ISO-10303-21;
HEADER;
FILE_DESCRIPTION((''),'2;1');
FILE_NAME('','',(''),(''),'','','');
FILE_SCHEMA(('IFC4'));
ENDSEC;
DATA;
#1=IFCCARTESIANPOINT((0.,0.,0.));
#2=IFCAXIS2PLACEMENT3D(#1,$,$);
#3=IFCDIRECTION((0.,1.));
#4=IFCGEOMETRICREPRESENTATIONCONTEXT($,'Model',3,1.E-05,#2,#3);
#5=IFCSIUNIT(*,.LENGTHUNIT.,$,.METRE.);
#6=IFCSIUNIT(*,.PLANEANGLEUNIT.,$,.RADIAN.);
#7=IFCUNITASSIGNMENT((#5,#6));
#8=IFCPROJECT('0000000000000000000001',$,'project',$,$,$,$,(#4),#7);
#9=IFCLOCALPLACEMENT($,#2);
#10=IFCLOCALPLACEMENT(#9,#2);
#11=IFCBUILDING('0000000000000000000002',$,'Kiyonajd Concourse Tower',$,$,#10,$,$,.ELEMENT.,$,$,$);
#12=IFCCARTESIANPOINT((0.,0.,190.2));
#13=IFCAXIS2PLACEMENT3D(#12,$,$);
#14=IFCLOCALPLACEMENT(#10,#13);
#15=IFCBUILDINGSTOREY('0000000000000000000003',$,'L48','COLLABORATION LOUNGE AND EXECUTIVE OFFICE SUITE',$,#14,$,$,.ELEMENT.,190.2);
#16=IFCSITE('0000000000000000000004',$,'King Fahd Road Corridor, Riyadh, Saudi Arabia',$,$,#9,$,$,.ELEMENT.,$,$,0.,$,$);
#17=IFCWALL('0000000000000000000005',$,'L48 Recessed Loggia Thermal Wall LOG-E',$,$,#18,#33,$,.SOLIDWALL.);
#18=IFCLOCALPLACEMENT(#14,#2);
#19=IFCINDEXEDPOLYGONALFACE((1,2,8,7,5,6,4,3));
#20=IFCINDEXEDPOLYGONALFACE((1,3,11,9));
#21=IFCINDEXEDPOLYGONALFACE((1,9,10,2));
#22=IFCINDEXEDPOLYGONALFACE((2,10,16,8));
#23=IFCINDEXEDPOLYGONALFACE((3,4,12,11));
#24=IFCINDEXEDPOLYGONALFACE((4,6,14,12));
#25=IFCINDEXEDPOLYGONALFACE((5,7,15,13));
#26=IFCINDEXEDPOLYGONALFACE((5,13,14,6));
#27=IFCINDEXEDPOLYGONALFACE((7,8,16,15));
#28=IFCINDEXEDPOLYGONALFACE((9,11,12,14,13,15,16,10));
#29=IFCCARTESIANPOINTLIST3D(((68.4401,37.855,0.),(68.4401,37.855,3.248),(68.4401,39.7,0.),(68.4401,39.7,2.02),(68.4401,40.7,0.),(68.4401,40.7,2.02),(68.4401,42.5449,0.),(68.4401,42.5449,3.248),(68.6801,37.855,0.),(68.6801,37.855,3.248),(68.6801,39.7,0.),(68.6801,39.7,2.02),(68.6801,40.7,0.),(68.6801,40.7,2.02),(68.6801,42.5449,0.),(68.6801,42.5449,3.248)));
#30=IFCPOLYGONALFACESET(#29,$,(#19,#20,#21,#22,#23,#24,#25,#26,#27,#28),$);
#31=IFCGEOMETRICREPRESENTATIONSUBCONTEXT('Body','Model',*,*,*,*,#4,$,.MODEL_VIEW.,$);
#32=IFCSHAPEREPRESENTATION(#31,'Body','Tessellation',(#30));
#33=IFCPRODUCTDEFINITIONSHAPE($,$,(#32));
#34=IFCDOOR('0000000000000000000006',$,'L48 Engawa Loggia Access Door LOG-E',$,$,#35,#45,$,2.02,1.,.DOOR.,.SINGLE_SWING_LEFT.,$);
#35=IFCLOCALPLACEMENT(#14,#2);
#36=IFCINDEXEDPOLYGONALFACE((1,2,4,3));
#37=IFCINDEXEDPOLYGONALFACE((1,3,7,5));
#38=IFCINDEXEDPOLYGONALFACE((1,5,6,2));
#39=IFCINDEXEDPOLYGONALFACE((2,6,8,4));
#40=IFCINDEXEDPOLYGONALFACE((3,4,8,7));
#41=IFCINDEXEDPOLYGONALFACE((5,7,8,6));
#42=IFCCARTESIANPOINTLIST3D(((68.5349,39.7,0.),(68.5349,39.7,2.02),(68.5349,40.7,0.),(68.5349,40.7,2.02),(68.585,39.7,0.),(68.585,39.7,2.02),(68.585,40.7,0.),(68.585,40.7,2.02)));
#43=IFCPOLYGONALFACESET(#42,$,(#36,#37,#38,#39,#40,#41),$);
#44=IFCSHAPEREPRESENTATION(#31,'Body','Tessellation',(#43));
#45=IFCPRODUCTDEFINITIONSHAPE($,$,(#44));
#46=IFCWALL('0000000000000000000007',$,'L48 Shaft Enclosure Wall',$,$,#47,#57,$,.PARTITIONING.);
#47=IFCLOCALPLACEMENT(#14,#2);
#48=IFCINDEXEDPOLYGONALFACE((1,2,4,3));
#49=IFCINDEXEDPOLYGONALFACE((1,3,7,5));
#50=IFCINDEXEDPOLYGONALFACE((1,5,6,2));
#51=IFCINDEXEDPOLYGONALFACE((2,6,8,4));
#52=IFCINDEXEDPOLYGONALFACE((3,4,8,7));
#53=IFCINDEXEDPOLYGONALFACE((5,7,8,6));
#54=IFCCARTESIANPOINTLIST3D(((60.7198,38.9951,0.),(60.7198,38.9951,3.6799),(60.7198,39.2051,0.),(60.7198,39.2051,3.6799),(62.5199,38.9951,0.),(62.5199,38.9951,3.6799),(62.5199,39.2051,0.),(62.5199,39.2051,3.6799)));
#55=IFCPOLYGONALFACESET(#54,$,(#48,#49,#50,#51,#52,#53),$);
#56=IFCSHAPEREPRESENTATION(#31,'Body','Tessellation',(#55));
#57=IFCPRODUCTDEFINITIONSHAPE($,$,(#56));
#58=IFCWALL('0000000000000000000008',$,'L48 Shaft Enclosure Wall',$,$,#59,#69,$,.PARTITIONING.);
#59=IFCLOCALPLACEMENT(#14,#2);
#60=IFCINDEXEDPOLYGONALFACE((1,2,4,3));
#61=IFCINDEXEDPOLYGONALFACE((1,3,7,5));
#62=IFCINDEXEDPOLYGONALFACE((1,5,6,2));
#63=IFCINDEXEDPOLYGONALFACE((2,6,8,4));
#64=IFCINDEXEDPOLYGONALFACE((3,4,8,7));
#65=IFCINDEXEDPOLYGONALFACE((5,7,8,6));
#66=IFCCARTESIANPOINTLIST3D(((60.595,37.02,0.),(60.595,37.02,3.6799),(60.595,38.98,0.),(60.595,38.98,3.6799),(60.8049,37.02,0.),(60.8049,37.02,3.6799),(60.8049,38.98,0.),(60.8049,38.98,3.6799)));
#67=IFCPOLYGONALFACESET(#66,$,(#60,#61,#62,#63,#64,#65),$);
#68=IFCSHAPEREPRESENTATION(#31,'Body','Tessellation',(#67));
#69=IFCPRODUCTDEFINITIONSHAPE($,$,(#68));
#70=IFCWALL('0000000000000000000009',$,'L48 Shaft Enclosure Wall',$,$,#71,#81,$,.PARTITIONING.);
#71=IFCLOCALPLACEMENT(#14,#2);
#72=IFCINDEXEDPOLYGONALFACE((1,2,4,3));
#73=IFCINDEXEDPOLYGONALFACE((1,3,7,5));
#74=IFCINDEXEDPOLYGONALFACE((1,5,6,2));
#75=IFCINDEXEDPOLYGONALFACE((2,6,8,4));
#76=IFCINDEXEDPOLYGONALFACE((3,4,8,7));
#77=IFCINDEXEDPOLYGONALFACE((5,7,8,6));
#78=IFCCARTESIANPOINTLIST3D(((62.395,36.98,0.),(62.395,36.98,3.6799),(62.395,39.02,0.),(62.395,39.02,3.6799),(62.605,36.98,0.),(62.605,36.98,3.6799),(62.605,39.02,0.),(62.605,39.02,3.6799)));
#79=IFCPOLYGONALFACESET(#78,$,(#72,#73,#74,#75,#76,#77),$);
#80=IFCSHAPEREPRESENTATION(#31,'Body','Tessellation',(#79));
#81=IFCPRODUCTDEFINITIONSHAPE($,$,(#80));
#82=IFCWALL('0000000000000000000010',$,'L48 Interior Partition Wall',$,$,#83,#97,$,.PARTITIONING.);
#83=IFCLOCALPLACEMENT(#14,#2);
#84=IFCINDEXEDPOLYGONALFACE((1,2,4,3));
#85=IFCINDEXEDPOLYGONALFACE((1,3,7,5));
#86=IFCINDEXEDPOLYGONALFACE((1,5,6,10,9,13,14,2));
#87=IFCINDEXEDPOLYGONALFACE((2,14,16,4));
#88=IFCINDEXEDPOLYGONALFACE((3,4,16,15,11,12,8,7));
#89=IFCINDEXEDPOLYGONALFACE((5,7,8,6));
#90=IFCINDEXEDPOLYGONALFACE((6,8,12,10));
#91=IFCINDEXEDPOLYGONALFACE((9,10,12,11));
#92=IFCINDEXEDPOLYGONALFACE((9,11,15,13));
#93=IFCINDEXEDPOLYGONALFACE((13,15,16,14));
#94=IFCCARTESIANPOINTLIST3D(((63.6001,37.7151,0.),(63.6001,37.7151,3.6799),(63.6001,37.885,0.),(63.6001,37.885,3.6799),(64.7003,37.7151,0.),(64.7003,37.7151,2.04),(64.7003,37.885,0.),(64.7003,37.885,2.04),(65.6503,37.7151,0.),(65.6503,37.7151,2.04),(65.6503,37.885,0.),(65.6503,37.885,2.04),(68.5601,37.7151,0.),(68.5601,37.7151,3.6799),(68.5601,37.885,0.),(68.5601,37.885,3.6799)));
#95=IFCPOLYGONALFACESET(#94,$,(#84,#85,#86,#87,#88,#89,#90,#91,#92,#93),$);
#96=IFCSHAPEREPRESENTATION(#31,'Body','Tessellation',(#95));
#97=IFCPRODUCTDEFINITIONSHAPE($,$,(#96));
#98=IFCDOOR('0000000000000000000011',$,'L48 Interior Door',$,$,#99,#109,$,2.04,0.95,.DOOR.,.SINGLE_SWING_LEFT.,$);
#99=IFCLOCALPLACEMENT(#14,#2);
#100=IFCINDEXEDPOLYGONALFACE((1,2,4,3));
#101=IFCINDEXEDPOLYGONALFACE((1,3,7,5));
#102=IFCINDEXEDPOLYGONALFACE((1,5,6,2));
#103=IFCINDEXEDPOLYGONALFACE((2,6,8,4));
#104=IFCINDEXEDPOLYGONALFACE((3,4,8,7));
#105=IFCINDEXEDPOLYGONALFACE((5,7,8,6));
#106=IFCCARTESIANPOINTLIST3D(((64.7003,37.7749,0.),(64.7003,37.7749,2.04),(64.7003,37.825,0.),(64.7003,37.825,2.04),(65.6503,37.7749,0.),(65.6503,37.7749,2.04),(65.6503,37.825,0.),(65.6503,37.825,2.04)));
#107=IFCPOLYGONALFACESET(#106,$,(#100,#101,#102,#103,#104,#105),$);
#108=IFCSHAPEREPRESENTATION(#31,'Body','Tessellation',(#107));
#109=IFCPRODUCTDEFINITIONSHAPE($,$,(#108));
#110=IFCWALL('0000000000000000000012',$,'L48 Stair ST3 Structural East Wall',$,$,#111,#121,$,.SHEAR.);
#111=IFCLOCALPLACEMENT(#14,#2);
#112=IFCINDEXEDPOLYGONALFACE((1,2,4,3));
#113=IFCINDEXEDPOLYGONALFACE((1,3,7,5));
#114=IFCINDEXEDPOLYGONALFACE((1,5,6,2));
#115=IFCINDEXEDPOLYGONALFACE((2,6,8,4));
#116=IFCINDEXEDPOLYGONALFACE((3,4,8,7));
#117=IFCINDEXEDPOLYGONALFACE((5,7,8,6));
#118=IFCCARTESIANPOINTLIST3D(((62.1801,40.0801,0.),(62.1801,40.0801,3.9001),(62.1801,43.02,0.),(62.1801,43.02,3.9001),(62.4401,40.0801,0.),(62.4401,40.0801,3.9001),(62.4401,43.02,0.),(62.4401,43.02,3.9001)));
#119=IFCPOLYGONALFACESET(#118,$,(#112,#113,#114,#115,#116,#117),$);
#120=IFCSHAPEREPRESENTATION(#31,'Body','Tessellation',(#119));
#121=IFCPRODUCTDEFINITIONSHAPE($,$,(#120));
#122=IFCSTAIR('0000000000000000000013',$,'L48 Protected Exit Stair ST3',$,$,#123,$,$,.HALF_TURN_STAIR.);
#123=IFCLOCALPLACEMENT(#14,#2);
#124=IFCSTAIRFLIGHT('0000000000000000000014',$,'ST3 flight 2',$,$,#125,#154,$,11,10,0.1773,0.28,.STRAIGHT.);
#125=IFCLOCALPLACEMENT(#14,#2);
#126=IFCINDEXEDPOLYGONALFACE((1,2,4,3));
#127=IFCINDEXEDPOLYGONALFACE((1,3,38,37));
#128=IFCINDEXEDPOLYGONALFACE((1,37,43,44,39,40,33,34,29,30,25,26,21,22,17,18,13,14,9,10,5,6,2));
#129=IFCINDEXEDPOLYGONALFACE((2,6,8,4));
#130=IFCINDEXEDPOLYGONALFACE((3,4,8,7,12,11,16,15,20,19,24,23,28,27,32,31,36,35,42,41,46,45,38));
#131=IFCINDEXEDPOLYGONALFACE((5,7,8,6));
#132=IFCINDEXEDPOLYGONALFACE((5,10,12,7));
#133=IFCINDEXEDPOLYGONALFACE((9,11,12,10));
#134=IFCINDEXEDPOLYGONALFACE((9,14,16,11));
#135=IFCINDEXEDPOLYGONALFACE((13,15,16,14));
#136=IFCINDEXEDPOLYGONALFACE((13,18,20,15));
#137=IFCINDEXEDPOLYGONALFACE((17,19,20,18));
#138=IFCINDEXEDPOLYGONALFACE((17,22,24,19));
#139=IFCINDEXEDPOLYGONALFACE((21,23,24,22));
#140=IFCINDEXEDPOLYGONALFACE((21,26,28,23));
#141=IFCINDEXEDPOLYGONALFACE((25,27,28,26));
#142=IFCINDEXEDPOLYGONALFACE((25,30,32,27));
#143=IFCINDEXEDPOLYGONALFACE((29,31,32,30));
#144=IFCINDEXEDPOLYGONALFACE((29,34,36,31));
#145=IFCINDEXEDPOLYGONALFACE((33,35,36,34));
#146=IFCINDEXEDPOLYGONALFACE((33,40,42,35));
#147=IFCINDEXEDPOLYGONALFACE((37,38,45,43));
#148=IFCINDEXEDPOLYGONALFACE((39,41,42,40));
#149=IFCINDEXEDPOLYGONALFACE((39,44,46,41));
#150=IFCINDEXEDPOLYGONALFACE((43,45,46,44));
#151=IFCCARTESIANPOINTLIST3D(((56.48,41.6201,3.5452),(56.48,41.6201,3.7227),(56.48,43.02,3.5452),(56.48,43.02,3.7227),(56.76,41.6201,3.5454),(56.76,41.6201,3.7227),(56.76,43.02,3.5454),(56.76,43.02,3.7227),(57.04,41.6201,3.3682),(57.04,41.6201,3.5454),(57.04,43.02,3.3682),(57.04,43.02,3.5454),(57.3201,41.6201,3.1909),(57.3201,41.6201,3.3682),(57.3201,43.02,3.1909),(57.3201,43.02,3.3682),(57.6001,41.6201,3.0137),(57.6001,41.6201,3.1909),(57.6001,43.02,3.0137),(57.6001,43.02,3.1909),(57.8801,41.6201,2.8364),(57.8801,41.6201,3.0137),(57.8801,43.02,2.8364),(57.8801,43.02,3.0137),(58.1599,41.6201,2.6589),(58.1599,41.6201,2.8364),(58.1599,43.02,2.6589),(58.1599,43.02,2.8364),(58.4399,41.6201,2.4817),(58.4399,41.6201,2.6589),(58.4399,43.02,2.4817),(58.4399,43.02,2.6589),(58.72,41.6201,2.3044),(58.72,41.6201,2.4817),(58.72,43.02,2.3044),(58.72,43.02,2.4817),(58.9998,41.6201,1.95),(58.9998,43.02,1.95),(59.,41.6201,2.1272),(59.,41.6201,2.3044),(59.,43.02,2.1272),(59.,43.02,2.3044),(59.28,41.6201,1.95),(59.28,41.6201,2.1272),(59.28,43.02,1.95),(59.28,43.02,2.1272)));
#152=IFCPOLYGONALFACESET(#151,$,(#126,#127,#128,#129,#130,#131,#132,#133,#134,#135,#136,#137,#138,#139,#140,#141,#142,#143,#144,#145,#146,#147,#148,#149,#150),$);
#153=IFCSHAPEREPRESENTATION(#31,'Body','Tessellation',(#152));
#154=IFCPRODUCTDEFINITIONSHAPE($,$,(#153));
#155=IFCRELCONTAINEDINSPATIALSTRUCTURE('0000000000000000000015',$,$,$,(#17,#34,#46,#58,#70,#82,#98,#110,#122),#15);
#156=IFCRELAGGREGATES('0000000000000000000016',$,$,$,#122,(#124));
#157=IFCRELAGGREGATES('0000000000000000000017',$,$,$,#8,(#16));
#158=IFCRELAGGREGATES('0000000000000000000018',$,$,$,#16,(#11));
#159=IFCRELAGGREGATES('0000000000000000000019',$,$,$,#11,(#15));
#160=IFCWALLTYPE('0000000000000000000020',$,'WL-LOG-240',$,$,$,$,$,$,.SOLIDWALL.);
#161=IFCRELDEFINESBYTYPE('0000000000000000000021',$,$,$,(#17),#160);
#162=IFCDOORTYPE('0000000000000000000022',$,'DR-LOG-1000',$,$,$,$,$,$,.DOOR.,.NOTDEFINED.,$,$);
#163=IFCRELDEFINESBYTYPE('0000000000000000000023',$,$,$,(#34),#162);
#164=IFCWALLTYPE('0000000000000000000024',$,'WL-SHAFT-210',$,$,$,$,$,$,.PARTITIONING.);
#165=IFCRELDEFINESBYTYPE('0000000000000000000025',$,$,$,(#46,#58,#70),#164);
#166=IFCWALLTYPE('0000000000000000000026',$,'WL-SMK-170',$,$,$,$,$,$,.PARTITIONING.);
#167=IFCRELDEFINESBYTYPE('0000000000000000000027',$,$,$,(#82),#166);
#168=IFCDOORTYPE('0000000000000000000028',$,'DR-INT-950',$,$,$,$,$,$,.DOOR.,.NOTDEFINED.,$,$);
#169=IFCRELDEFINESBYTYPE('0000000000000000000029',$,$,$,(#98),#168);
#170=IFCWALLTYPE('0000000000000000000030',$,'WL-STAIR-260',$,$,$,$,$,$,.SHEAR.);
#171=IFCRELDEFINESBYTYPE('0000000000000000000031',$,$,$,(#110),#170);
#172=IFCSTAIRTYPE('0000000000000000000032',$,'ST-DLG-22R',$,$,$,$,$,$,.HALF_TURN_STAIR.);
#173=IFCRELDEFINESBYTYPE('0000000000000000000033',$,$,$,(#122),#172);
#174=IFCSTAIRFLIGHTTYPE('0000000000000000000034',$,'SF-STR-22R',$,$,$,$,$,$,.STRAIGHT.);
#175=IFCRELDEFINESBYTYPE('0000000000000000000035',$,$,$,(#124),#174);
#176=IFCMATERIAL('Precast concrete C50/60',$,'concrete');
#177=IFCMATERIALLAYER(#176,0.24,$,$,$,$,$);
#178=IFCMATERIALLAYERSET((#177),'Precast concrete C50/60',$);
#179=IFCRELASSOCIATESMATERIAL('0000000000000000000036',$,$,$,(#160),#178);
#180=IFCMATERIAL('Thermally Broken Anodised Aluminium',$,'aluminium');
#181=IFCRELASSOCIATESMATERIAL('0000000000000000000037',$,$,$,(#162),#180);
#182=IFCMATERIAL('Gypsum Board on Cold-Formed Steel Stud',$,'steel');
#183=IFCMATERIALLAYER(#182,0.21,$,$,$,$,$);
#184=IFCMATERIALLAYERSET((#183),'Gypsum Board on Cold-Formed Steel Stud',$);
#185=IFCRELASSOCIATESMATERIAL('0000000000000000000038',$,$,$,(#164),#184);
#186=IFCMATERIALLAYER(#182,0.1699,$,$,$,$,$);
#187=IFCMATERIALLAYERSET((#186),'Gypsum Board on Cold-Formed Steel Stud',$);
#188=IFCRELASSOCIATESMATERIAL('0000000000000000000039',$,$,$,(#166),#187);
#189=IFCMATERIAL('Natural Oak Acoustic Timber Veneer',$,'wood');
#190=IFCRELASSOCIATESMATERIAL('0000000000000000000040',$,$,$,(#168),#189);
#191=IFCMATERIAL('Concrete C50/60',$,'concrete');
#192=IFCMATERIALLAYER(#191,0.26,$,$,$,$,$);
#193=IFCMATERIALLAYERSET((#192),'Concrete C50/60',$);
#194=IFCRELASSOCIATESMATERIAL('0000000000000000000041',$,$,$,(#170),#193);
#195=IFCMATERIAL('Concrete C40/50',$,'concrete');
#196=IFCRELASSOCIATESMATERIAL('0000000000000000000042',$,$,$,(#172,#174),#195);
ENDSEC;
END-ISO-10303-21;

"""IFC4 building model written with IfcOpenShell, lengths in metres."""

from ifc_helpers import new_model, si_unit, direction, frame, frame_2d, origin, place, context, subcontext, project, spatial, polyline, rectangle, outline, extrude, material, layer, layer_set, type_object, element, fill, aggregate, save


model = new_model("IFC4")

# Units and contexts
model_context = context("Model", 3, precision=1e-05, world=origin(), true_north=direction((0.0, 1.0)))
body_context = subcontext(model_context, "Body", "Model", "MODEL_VIEW")
ifc_project = project(units=[si_unit("LENGTHUNIT", "METRE"), si_unit("PLANEANGLEUNIT", "RADIAN")], contexts=[model_context])

# Site, building, storey
site_placement = place(None, origin())
site = spatial("IfcSite", under=ifc_project, at=site_placement, Name="King Fahd Road Corridor, Riyadh, Saudi Arabia", CompositionType="ELEMENT", RefElevation=0.0)
building_placement = place(site_placement, origin())
building = spatial("IfcBuilding", under=site, at=building_placement, Name="Kiyonajd Concourse Tower", CompositionType="ELEMENT")
storey_placement = place(building_placement, frame((0.0, 0.0, 190.2)))
storey = spatial("IfcBuildingStorey", under=building, at=storey_placement, Name="L48", Description="COLLABORATION LOUNGE AND EXECUTIVE OFFICE SUITE", CompositionType="ELEMENT", Elevation=190.2)

# Shared definitions
ifc_material_1 = material(Name="Thermally Broken Anodised Aluminium", Category="aluminium")

# Shared definitions
ifc_material_2 = material(Name="Precast concrete C50/60", Category="concrete")

# Wall, opening, door
ifc_layer_1 = layer(ifc_material_2, 0.24)
ifc_layer_set_1 = layer_set([ifc_layer_1], Name="Precast concrete C50/60")
wall_type_1 = type_object("IfcWallType", Name="WL-LOG-240", PredefinedType="SOLIDWALL", material=ifc_layer_set_1)
wall_1_placement = place(storey_placement, frame((68.5601, 42.5449, 0.0), z_axis=(0.0, 0.0, 1.0), x_axis=(0.0, -1.0, 0.0)))
wall_1 = element("IfcWall", 1, at=wall_1_placement, inside=storey, type_object=wall_type_1, Name="L48 Recessed Loggia Thermal Wall LOG-E", PredefinedType="SOLIDWALL", context=body_context, shape_type="SweptSolid", body=[
    extrude(rectangle(XDim=4.6899, YDim=0.24, at=frame_2d((2.345, 0.0))), origin(), (0.0, 0.0, 1.0), 3.248),
])
opening_1_placement = place(wall_1_placement, frame((1.845, 0.0, 0.0)))
opening_1 = element("IfcOpeningElement", 2, at=opening_1_placement, cuts=wall_1, PredefinedType="OPENING", context=body_context, shape_type="SweptSolid", body=[
    extrude(rectangle(XDim=1.0, YDim=2.02, at=frame_2d((0.5, 1.01))), frame((0.0, 0.1299, 0.0), z_axis=(0.0, -1.0, 0.0), x_axis=(1.0, 0.0, 0.0)), (0.0, 0.0, 1.0), 0.26),
])
door_type_1 = type_object("IfcDoorType", Name="DR-LOG-1000", OperationType="NOTDEFINED", PredefinedType="DOOR", material=ifc_material_1)
door_1_placement = place(opening_1_placement, origin())
door_1 = element("IfcDoor", 3, at=door_1_placement, inside=storey, type_object=door_type_1, Name="L48 Engawa Loggia Access Door LOG-E", OperationType="SINGLE_SWING_LEFT", OverallHeight=2.02, OverallWidth=1.0, PredefinedType="DOOR", context=body_context, shape_type="SweptSolid", body=[
    extrude(rectangle(XDim=1.0, YDim=2.02, at=frame_2d((0.5, 1.01))), frame((0.0, 0.0249, 0.0), z_axis=(0.0, -1.0, 0.0), x_axis=(1.0, 0.0, 0.0)), (0.0, 0.0, 1.0), 0.05),
])
fill(opening_1, door_1)

# Walls
ifc_material_3 = material(Name="Gypsum Board on Cold-Formed Steel Stud", Category="steel")
ifc_layer_2 = layer(ifc_material_3, 0.21)
ifc_layer_set_2 = layer_set([ifc_layer_2], Name="Gypsum Board on Cold-Formed Steel Stud")
wall_type_2 = type_object("IfcWallType", Name="WL-SHAFT-210", PredefinedType="PARTITIONING", material=ifc_layer_set_2)
wall_2_placement = place(storey_placement, frame((60.72, 39.1001, 0.0), z_axis=(0.0, 0.0, 1.0), x_axis=(1.0, 0.0, 0.0)))
element("IfcWall", 4, at=wall_2_placement, inside=storey, type_object=wall_type_2, Name="L48 Shaft Enclosure Wall", PredefinedType="PARTITIONING", context=body_context, shape_type="SweptSolid", body=[
    extrude(rectangle(XDim=1.8, YDim=0.21, at=frame_2d((0.8999, 0.0))), origin(), (0.0, 0.0, 1.0), 3.6799),
])
wall_3_placement = place(storey_placement, frame((60.7, 37.02, 0.0), z_axis=(0.0, 0.0, 1.0), x_axis=(0.0, 1.0, 0.0)))
element("IfcWall", 5, at=wall_3_placement, inside=storey, type_object=wall_type_2, Name="L48 Shaft Enclosure Wall", PredefinedType="PARTITIONING", context=body_context, shape_type="SweptSolid", body=[
    extrude(rectangle(XDim=1.96, YDim=0.21, at=frame_2d((0.98, 0.0))), origin(), (0.0, 0.0, 1.0), 3.6799),
])
wall_4_placement = place(storey_placement, frame((62.5, 36.98, 0.0), z_axis=(0.0, 0.0, 1.0), x_axis=(0.0, 1.0, 0.0)))
element("IfcWall", 6, at=wall_4_placement, inside=storey, type_object=wall_type_2, Name="L48 Shaft Enclosure Wall", PredefinedType="PARTITIONING", context=body_context, shape_type="SweptSolid", body=[
    extrude(rectangle(XDim=2.04, YDim=0.21, at=frame_2d((1.02, 0.0))), origin(), (0.0, 0.0, 1.0), 3.6799),
])

# Wall, opening, door
ifc_layer_3 = layer(ifc_material_3, 0.1699)
ifc_layer_set_3 = layer_set([ifc_layer_3], Name="Gypsum Board on Cold-Formed Steel Stud")
wall_type_3 = type_object("IfcWallType", Name="WL-SMK-170", PredefinedType="PARTITIONING", material=ifc_layer_set_3)
wall_5_placement = place(storey_placement, frame((63.6001, 37.8, 0.0), z_axis=(0.0, 0.0, 1.0), x_axis=(1.0, 0.0, 0.0)))
wall_5 = element("IfcWall", 7, at=wall_5_placement, inside=storey, type_object=wall_type_3, Name="L48 Interior Partition Wall", PredefinedType="PARTITIONING", context=body_context, shape_type="SweptSolid", body=[
    extrude(rectangle(XDim=4.96, YDim=0.1699, at=frame_2d((2.48, 0.0))), origin(), (0.0, 0.0, 1.0), 3.6799),
])
opening_2_placement = place(wall_5_placement, frame((1.1001, 0.0, 0.0)))
opening_2 = element("IfcOpeningElement", 8, at=opening_2_placement, cuts=wall_5, PredefinedType="OPENING", context=body_context, shape_type="SweptSolid", body=[
    extrude(rectangle(XDim=0.95, YDim=2.04, at=frame_2d((0.4751, 1.02))), frame((0.0, 0.095, 0.0), z_axis=(0.0, -1.0, 0.0), x_axis=(1.0, 0.0, 0.0)), (0.0, 0.0, 1.0), 0.1899),
])
ifc_material_4 = material(Name="Natural Oak Acoustic Timber Veneer", Category="wood")
door_type_2 = type_object("IfcDoorType", Name="DR-INT-950", OperationType="NOTDEFINED", PredefinedType="DOOR", material=ifc_material_4)
door_2_placement = place(opening_2_placement, origin())
door_2 = element("IfcDoor", 9, at=door_2_placement, inside=storey, type_object=door_type_2, Name="L48 Interior Door", OperationType="SINGLE_SWING_LEFT", OverallHeight=2.04, OverallWidth=0.95, PredefinedType="DOOR", context=body_context, shape_type="SweptSolid", body=[
    extrude(rectangle(XDim=0.95, YDim=2.04, at=frame_2d((0.4751, 1.02))), frame((0.0, 0.0249, 0.0), z_axis=(0.0, -1.0, 0.0), x_axis=(1.0, 0.0, 0.0)), (0.0, 0.0, 1.0), 0.05),
])
fill(opening_2, door_2)

# Wall
ifc_material_5 = material(Name="Concrete C50/60", Category="concrete")
ifc_layer_4 = layer(ifc_material_5, 0.26)
ifc_layer_set_4 = layer_set([ifc_layer_4], Name="Concrete C50/60")
wall_type_4 = type_object("IfcWallType", Name="WL-STAIR-260", PredefinedType="SHEAR", material=ifc_layer_set_4)
wall_6_placement = place(storey_placement, frame((62.3101, 40.0801, 0.0), z_axis=(0.0, 0.0, 1.0), x_axis=(0.0, 1.0, 0.0)))
element("IfcWall", 10, at=wall_6_placement, inside=storey, type_object=wall_type_4, Name="L48 Stair ST3 Structural East Wall", PredefinedType="SHEAR", context=body_context, shape_type="SweptSolid", body=[
    extrude(rectangle(XDim=2.9399, YDim=0.26, at=frame_2d((1.47, 0.0))), origin(), (0.0, 0.0, 1.0), 3.9001),
])

# Stair, stair flight
ifc_material_6 = material(Name="Concrete C40/50", Category="concrete")
stair_type = type_object("IfcStairType", Name="ST-DLG-22R", PredefinedType="HALF_TURN_STAIR", material=ifc_material_6)
stair_placement = place(storey_placement, origin())
stair = element("IfcStair", 11, at=stair_placement, inside=storey, type_object=stair_type, Name="L48 Protected Exit Stair ST3", PredefinedType="HALF_TURN_STAIR")
stair_flight_type = type_object("IfcStairFlightType", Name="SF-STR-22R", PredefinedType="STRAIGHT", material=ifc_material_6)
stair_flight_placement = place(storey_placement, frame((59.28, 42.3201, 1.95), z_axis=(0.0, 0.0, 1.0), x_axis=(-1.0, 0.0, 0.0)))
stair_flight = element("IfcStairFlight", 12, at=stair_flight_placement, type_object=stair_flight_type, Name="ST3 flight 2", NumberOfRisers=11, NumberOfTreads=10, PredefinedType="STRAIGHT", RiserHeight=0.1773, TreadLength=0.28, context=body_context, shape_type="SweptSolid", body=[
    extrude(outline(polyline([(0.0, 0.0), (0.0, 0.1772), (0.28, 0.1772), (0.28, 0.3545), (0.5601, 0.3545), (0.5601, 0.5317), (0.8401, 0.5317), (0.8401, 0.709), (1.1201, 0.709), (1.1201, 0.8865), (1.3999, 0.8865), (1.3999, 1.0637), (1.6799, 1.0637), (1.6799, 1.241), (1.96, 1.241), (1.96, 1.4182), (2.24, 1.4182), (2.24, 1.5955), (2.52, 1.5955), (2.52, 1.7727), (2.8, 1.7727), (2.8, 1.95), (2.8, 1.5952), (0.2803, 0.0), (0.0, 0.0)])), frame((0.0, 0.7, 0.0), z_axis=(0.0, -1.0, 0.0), x_axis=(1.0, 0.0, 0.0)), (0.0, 0.0, 1.0), 1.3999),
])
aggregate(stair, [stair_flight])

save(model, "model.ifc")
